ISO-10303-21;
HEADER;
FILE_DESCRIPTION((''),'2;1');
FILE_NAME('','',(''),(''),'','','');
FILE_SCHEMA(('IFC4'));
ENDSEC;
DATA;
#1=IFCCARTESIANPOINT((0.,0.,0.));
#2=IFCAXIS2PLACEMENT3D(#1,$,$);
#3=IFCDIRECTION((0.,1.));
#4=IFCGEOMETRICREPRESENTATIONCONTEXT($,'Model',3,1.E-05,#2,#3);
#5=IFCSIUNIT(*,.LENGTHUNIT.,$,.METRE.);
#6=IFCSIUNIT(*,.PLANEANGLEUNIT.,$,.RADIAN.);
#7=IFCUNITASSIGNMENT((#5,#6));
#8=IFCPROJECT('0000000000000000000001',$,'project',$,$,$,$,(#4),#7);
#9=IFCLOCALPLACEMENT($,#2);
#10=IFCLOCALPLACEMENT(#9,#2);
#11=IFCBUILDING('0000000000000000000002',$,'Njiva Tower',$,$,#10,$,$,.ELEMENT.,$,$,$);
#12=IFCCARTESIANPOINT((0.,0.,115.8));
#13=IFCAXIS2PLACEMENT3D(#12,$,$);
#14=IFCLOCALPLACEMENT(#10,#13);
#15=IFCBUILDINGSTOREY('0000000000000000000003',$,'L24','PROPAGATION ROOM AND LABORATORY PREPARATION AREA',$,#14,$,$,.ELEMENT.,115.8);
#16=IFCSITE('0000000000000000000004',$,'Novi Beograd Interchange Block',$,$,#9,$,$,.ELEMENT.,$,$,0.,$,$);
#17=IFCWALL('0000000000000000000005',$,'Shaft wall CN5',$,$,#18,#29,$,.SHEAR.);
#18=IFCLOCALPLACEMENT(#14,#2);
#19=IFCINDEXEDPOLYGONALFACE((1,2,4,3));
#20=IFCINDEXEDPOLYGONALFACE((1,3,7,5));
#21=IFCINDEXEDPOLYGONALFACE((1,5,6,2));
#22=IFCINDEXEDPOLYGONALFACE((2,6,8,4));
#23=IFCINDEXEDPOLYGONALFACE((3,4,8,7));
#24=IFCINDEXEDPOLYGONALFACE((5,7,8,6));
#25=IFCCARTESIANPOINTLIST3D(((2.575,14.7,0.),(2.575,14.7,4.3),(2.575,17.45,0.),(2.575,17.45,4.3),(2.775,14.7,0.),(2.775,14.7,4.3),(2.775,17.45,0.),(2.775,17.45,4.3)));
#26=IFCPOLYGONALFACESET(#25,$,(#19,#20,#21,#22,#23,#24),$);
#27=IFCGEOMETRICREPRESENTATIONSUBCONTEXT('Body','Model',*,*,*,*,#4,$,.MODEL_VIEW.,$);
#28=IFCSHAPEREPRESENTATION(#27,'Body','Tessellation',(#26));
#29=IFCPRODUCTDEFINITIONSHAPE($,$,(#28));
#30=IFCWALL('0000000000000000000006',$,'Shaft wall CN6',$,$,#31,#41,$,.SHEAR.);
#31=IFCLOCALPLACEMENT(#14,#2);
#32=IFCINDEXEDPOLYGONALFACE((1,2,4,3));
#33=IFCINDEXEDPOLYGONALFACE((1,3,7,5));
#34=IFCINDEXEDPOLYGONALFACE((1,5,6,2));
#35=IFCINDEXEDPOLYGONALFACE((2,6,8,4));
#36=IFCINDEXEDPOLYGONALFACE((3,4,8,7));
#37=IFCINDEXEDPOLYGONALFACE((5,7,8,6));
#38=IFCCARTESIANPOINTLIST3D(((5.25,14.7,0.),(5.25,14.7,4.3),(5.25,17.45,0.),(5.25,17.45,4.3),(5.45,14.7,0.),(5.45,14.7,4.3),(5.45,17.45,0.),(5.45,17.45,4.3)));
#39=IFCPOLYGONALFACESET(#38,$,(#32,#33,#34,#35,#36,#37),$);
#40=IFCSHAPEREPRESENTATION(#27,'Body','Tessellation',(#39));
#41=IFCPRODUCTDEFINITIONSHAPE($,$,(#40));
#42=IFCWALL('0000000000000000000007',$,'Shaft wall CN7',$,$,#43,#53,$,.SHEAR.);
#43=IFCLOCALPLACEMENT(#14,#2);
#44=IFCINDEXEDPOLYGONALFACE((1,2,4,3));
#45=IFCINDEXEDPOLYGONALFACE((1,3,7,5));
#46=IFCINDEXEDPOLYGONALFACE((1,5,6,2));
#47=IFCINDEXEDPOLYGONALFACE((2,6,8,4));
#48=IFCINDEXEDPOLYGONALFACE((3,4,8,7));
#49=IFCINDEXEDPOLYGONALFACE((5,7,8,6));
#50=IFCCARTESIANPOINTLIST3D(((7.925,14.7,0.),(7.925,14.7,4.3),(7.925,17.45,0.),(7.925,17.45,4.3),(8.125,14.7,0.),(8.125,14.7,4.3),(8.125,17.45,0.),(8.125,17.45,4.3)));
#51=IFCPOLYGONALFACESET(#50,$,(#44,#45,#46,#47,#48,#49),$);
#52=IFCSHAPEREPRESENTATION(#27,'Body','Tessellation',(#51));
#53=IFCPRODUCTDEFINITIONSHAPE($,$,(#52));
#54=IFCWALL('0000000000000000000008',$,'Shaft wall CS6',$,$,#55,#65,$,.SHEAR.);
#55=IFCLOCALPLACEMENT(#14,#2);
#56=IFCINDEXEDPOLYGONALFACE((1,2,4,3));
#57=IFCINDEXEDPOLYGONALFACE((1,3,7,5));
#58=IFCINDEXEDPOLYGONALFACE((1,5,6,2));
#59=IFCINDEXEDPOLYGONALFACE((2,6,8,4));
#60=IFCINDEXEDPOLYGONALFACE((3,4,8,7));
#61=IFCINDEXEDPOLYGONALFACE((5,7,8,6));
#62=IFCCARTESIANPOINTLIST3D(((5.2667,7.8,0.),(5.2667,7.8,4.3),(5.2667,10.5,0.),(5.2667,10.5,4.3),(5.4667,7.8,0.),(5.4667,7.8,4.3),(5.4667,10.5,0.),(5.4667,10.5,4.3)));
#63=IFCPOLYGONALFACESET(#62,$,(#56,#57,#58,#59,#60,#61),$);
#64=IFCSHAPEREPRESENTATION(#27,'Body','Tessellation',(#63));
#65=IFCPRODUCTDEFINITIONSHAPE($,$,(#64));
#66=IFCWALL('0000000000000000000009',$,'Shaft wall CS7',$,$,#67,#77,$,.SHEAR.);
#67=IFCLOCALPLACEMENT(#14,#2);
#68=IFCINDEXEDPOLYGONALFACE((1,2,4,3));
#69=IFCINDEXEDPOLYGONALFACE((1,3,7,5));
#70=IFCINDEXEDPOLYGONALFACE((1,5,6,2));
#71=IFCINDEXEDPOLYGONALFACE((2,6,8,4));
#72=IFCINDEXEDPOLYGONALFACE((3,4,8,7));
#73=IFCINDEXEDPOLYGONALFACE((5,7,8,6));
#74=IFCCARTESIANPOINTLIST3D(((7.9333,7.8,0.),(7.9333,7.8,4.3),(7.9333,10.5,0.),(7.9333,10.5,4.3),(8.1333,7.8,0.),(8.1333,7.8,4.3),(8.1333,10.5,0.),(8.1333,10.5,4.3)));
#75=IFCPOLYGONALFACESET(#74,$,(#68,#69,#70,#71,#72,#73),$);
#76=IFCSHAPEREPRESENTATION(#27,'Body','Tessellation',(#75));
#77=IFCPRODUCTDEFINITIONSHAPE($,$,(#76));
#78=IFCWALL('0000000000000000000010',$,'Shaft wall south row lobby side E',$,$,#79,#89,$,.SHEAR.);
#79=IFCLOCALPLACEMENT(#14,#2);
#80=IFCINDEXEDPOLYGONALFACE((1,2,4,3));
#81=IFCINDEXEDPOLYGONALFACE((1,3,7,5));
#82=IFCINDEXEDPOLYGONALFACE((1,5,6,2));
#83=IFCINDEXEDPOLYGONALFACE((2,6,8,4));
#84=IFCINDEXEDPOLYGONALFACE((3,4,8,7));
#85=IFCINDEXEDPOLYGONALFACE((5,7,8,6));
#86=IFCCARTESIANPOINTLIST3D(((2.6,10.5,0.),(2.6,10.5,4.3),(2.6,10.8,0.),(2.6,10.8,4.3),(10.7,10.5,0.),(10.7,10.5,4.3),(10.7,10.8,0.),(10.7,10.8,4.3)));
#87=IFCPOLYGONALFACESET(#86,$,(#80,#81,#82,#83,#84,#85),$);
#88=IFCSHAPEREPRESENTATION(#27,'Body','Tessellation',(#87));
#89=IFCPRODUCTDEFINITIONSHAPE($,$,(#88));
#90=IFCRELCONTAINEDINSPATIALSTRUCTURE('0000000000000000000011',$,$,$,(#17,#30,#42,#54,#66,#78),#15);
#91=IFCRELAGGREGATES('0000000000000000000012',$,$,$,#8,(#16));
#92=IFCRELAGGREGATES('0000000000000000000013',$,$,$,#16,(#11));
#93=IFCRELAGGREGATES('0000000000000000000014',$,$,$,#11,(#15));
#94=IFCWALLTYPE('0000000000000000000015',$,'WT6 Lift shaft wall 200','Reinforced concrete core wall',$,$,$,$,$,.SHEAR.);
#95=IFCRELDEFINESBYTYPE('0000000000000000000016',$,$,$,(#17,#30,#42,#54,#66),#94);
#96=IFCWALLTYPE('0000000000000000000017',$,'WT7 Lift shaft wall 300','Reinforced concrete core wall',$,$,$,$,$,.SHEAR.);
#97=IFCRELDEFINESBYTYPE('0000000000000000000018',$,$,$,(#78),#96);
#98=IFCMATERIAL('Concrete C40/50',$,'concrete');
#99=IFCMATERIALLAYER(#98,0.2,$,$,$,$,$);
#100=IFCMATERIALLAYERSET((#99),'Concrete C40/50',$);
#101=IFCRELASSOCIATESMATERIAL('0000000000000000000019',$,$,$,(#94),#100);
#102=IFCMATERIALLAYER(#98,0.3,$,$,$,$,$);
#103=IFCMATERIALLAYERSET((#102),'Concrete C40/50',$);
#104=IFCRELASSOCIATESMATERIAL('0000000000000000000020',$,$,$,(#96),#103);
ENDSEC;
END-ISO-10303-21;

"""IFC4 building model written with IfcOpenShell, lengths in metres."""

from ifc_helpers import new_model, si_unit, direction, frame, frame_2d, origin, place, context, subcontext, project, spatial, rectangle, extrude, material, layer, layer_set, type_object, element, save


model = new_model("IFC4")

# Units and contexts
model_context = context("Model", 3, precision=1e-05, world=origin(), true_north=direction((0.0, 1.0)))
body_context = subcontext(model_context, "Body", "Model", "MODEL_VIEW")
ifc_project = project(units=[si_unit("LENGTHUNIT", "METRE"), si_unit("PLANEANGLEUNIT", "RADIAN")], contexts=[model_context])

# Site, building, storey
site_placement = place(None, origin())
site = spatial("IfcSite", under=ifc_project, at=site_placement, Name="Novi Beograd Interchange Block", CompositionType="ELEMENT", RefElevation=0.0)
building_placement = place(site_placement, origin())
building = spatial("IfcBuilding", under=site, at=building_placement, Name="Njiva Tower", CompositionType="ELEMENT")
storey_placement = place(building_placement, frame((0.0, 0.0, 115.8)))
storey = spatial("IfcBuildingStorey", under=building, at=storey_placement, Name="L24", Description="PROPAGATION ROOM AND LABORATORY PREPARATION AREA", CompositionType="ELEMENT", Elevation=115.8)

# Shared definitions
ifc_material_1 = material(Name="Concrete C40/50", Category="concrete")

# Walls
ifc_layer_1 = layer(ifc_material_1, 0.2)
ifc_layer_set_1 = layer_set([ifc_layer_1], Name="Concrete C40/50")
wall_type_1 = type_object("IfcWallType", Name="WT6 Lift shaft wall 200", Description="Reinforced concrete core wall", PredefinedType="SHEAR", material=ifc_layer_set_1)
for number, where, z_axis, x_axis, name in (
    (1, (2.675, 14.7, 0.0), (0.0, 0.0, 1.0), (0.0, 1.0, 0.0), "Shaft wall CN5"),
    (2, (5.35, 14.7, 0.0), (0.0, 0.0, 1.0), (0.0, 1.0, 0.0), "Shaft wall CN6"),
    (3, (8.025, 14.7, 0.0), (0.0, 0.0, 1.0), (0.0, 1.0, 0.0), "Shaft wall CN7"),
):
    element("IfcWall", number, at=place(storey_placement, frame(where, z_axis=z_axis, x_axis=x_axis)), inside=storey, type_object=wall_type_1, Name=name, PredefinedType="SHEAR", context=body_context, shape_type="SweptSolid", body=[
        extrude(rectangle(XDim=2.75, YDim=0.2, at=frame_2d((1.375, 0.0))), origin(), (0.0, 0.0, 1.0), 4.3),
    ])
for number, where, z_axis, x_axis, name in (
    (4, (5.3667, 7.8, 0.0), (0.0, 0.0, 1.0), (0.0, 1.0, 0.0), "Shaft wall CS6"),
    (5, (8.0333, 7.8, 0.0), (0.0, 0.0, 1.0), (0.0, 1.0, 0.0), "Shaft wall CS7"),
):
    element("IfcWall", number, at=place(storey_placement, frame(where, z_axis=z_axis, x_axis=x_axis)), inside=storey, type_object=wall_type_1, Name=name, PredefinedType="SHEAR", context=body_context, shape_type="SweptSolid", body=[
        extrude(rectangle(XDim=2.7, YDim=0.2, at=frame_2d((1.35, 0.0))), origin(), (0.0, 0.0, 1.0), 4.3),
    ])
ifc_layer_2 = layer(ifc_material_1, 0.3)
ifc_layer_set_2 = layer_set([ifc_layer_2], Name="Concrete C40/50")
wall_type_2 = type_object("IfcWallType", Name="WT7 Lift shaft wall 300", Description="Reinforced concrete core wall", PredefinedType="SHEAR", material=ifc_layer_set_2)
wall_1_placement = place(storey_placement, frame((2.6, 10.65, 0.0), z_axis=(0.0, 0.0, 1.0), x_axis=(1.0, 0.0, 0.0)))
element("IfcWall", 6, at=wall_1_placement, inside=storey, type_object=wall_type_2, Name="Shaft wall south row lobby side E", PredefinedType="SHEAR", context=body_context, shape_type="SweptSolid", body=[
    extrude(rectangle(XDim=8.1, YDim=0.3, at=frame_2d((4.05, 0.0))), origin(), (0.0, 0.0, 1.0), 4.3),
])

save(model, "model.ifc")
